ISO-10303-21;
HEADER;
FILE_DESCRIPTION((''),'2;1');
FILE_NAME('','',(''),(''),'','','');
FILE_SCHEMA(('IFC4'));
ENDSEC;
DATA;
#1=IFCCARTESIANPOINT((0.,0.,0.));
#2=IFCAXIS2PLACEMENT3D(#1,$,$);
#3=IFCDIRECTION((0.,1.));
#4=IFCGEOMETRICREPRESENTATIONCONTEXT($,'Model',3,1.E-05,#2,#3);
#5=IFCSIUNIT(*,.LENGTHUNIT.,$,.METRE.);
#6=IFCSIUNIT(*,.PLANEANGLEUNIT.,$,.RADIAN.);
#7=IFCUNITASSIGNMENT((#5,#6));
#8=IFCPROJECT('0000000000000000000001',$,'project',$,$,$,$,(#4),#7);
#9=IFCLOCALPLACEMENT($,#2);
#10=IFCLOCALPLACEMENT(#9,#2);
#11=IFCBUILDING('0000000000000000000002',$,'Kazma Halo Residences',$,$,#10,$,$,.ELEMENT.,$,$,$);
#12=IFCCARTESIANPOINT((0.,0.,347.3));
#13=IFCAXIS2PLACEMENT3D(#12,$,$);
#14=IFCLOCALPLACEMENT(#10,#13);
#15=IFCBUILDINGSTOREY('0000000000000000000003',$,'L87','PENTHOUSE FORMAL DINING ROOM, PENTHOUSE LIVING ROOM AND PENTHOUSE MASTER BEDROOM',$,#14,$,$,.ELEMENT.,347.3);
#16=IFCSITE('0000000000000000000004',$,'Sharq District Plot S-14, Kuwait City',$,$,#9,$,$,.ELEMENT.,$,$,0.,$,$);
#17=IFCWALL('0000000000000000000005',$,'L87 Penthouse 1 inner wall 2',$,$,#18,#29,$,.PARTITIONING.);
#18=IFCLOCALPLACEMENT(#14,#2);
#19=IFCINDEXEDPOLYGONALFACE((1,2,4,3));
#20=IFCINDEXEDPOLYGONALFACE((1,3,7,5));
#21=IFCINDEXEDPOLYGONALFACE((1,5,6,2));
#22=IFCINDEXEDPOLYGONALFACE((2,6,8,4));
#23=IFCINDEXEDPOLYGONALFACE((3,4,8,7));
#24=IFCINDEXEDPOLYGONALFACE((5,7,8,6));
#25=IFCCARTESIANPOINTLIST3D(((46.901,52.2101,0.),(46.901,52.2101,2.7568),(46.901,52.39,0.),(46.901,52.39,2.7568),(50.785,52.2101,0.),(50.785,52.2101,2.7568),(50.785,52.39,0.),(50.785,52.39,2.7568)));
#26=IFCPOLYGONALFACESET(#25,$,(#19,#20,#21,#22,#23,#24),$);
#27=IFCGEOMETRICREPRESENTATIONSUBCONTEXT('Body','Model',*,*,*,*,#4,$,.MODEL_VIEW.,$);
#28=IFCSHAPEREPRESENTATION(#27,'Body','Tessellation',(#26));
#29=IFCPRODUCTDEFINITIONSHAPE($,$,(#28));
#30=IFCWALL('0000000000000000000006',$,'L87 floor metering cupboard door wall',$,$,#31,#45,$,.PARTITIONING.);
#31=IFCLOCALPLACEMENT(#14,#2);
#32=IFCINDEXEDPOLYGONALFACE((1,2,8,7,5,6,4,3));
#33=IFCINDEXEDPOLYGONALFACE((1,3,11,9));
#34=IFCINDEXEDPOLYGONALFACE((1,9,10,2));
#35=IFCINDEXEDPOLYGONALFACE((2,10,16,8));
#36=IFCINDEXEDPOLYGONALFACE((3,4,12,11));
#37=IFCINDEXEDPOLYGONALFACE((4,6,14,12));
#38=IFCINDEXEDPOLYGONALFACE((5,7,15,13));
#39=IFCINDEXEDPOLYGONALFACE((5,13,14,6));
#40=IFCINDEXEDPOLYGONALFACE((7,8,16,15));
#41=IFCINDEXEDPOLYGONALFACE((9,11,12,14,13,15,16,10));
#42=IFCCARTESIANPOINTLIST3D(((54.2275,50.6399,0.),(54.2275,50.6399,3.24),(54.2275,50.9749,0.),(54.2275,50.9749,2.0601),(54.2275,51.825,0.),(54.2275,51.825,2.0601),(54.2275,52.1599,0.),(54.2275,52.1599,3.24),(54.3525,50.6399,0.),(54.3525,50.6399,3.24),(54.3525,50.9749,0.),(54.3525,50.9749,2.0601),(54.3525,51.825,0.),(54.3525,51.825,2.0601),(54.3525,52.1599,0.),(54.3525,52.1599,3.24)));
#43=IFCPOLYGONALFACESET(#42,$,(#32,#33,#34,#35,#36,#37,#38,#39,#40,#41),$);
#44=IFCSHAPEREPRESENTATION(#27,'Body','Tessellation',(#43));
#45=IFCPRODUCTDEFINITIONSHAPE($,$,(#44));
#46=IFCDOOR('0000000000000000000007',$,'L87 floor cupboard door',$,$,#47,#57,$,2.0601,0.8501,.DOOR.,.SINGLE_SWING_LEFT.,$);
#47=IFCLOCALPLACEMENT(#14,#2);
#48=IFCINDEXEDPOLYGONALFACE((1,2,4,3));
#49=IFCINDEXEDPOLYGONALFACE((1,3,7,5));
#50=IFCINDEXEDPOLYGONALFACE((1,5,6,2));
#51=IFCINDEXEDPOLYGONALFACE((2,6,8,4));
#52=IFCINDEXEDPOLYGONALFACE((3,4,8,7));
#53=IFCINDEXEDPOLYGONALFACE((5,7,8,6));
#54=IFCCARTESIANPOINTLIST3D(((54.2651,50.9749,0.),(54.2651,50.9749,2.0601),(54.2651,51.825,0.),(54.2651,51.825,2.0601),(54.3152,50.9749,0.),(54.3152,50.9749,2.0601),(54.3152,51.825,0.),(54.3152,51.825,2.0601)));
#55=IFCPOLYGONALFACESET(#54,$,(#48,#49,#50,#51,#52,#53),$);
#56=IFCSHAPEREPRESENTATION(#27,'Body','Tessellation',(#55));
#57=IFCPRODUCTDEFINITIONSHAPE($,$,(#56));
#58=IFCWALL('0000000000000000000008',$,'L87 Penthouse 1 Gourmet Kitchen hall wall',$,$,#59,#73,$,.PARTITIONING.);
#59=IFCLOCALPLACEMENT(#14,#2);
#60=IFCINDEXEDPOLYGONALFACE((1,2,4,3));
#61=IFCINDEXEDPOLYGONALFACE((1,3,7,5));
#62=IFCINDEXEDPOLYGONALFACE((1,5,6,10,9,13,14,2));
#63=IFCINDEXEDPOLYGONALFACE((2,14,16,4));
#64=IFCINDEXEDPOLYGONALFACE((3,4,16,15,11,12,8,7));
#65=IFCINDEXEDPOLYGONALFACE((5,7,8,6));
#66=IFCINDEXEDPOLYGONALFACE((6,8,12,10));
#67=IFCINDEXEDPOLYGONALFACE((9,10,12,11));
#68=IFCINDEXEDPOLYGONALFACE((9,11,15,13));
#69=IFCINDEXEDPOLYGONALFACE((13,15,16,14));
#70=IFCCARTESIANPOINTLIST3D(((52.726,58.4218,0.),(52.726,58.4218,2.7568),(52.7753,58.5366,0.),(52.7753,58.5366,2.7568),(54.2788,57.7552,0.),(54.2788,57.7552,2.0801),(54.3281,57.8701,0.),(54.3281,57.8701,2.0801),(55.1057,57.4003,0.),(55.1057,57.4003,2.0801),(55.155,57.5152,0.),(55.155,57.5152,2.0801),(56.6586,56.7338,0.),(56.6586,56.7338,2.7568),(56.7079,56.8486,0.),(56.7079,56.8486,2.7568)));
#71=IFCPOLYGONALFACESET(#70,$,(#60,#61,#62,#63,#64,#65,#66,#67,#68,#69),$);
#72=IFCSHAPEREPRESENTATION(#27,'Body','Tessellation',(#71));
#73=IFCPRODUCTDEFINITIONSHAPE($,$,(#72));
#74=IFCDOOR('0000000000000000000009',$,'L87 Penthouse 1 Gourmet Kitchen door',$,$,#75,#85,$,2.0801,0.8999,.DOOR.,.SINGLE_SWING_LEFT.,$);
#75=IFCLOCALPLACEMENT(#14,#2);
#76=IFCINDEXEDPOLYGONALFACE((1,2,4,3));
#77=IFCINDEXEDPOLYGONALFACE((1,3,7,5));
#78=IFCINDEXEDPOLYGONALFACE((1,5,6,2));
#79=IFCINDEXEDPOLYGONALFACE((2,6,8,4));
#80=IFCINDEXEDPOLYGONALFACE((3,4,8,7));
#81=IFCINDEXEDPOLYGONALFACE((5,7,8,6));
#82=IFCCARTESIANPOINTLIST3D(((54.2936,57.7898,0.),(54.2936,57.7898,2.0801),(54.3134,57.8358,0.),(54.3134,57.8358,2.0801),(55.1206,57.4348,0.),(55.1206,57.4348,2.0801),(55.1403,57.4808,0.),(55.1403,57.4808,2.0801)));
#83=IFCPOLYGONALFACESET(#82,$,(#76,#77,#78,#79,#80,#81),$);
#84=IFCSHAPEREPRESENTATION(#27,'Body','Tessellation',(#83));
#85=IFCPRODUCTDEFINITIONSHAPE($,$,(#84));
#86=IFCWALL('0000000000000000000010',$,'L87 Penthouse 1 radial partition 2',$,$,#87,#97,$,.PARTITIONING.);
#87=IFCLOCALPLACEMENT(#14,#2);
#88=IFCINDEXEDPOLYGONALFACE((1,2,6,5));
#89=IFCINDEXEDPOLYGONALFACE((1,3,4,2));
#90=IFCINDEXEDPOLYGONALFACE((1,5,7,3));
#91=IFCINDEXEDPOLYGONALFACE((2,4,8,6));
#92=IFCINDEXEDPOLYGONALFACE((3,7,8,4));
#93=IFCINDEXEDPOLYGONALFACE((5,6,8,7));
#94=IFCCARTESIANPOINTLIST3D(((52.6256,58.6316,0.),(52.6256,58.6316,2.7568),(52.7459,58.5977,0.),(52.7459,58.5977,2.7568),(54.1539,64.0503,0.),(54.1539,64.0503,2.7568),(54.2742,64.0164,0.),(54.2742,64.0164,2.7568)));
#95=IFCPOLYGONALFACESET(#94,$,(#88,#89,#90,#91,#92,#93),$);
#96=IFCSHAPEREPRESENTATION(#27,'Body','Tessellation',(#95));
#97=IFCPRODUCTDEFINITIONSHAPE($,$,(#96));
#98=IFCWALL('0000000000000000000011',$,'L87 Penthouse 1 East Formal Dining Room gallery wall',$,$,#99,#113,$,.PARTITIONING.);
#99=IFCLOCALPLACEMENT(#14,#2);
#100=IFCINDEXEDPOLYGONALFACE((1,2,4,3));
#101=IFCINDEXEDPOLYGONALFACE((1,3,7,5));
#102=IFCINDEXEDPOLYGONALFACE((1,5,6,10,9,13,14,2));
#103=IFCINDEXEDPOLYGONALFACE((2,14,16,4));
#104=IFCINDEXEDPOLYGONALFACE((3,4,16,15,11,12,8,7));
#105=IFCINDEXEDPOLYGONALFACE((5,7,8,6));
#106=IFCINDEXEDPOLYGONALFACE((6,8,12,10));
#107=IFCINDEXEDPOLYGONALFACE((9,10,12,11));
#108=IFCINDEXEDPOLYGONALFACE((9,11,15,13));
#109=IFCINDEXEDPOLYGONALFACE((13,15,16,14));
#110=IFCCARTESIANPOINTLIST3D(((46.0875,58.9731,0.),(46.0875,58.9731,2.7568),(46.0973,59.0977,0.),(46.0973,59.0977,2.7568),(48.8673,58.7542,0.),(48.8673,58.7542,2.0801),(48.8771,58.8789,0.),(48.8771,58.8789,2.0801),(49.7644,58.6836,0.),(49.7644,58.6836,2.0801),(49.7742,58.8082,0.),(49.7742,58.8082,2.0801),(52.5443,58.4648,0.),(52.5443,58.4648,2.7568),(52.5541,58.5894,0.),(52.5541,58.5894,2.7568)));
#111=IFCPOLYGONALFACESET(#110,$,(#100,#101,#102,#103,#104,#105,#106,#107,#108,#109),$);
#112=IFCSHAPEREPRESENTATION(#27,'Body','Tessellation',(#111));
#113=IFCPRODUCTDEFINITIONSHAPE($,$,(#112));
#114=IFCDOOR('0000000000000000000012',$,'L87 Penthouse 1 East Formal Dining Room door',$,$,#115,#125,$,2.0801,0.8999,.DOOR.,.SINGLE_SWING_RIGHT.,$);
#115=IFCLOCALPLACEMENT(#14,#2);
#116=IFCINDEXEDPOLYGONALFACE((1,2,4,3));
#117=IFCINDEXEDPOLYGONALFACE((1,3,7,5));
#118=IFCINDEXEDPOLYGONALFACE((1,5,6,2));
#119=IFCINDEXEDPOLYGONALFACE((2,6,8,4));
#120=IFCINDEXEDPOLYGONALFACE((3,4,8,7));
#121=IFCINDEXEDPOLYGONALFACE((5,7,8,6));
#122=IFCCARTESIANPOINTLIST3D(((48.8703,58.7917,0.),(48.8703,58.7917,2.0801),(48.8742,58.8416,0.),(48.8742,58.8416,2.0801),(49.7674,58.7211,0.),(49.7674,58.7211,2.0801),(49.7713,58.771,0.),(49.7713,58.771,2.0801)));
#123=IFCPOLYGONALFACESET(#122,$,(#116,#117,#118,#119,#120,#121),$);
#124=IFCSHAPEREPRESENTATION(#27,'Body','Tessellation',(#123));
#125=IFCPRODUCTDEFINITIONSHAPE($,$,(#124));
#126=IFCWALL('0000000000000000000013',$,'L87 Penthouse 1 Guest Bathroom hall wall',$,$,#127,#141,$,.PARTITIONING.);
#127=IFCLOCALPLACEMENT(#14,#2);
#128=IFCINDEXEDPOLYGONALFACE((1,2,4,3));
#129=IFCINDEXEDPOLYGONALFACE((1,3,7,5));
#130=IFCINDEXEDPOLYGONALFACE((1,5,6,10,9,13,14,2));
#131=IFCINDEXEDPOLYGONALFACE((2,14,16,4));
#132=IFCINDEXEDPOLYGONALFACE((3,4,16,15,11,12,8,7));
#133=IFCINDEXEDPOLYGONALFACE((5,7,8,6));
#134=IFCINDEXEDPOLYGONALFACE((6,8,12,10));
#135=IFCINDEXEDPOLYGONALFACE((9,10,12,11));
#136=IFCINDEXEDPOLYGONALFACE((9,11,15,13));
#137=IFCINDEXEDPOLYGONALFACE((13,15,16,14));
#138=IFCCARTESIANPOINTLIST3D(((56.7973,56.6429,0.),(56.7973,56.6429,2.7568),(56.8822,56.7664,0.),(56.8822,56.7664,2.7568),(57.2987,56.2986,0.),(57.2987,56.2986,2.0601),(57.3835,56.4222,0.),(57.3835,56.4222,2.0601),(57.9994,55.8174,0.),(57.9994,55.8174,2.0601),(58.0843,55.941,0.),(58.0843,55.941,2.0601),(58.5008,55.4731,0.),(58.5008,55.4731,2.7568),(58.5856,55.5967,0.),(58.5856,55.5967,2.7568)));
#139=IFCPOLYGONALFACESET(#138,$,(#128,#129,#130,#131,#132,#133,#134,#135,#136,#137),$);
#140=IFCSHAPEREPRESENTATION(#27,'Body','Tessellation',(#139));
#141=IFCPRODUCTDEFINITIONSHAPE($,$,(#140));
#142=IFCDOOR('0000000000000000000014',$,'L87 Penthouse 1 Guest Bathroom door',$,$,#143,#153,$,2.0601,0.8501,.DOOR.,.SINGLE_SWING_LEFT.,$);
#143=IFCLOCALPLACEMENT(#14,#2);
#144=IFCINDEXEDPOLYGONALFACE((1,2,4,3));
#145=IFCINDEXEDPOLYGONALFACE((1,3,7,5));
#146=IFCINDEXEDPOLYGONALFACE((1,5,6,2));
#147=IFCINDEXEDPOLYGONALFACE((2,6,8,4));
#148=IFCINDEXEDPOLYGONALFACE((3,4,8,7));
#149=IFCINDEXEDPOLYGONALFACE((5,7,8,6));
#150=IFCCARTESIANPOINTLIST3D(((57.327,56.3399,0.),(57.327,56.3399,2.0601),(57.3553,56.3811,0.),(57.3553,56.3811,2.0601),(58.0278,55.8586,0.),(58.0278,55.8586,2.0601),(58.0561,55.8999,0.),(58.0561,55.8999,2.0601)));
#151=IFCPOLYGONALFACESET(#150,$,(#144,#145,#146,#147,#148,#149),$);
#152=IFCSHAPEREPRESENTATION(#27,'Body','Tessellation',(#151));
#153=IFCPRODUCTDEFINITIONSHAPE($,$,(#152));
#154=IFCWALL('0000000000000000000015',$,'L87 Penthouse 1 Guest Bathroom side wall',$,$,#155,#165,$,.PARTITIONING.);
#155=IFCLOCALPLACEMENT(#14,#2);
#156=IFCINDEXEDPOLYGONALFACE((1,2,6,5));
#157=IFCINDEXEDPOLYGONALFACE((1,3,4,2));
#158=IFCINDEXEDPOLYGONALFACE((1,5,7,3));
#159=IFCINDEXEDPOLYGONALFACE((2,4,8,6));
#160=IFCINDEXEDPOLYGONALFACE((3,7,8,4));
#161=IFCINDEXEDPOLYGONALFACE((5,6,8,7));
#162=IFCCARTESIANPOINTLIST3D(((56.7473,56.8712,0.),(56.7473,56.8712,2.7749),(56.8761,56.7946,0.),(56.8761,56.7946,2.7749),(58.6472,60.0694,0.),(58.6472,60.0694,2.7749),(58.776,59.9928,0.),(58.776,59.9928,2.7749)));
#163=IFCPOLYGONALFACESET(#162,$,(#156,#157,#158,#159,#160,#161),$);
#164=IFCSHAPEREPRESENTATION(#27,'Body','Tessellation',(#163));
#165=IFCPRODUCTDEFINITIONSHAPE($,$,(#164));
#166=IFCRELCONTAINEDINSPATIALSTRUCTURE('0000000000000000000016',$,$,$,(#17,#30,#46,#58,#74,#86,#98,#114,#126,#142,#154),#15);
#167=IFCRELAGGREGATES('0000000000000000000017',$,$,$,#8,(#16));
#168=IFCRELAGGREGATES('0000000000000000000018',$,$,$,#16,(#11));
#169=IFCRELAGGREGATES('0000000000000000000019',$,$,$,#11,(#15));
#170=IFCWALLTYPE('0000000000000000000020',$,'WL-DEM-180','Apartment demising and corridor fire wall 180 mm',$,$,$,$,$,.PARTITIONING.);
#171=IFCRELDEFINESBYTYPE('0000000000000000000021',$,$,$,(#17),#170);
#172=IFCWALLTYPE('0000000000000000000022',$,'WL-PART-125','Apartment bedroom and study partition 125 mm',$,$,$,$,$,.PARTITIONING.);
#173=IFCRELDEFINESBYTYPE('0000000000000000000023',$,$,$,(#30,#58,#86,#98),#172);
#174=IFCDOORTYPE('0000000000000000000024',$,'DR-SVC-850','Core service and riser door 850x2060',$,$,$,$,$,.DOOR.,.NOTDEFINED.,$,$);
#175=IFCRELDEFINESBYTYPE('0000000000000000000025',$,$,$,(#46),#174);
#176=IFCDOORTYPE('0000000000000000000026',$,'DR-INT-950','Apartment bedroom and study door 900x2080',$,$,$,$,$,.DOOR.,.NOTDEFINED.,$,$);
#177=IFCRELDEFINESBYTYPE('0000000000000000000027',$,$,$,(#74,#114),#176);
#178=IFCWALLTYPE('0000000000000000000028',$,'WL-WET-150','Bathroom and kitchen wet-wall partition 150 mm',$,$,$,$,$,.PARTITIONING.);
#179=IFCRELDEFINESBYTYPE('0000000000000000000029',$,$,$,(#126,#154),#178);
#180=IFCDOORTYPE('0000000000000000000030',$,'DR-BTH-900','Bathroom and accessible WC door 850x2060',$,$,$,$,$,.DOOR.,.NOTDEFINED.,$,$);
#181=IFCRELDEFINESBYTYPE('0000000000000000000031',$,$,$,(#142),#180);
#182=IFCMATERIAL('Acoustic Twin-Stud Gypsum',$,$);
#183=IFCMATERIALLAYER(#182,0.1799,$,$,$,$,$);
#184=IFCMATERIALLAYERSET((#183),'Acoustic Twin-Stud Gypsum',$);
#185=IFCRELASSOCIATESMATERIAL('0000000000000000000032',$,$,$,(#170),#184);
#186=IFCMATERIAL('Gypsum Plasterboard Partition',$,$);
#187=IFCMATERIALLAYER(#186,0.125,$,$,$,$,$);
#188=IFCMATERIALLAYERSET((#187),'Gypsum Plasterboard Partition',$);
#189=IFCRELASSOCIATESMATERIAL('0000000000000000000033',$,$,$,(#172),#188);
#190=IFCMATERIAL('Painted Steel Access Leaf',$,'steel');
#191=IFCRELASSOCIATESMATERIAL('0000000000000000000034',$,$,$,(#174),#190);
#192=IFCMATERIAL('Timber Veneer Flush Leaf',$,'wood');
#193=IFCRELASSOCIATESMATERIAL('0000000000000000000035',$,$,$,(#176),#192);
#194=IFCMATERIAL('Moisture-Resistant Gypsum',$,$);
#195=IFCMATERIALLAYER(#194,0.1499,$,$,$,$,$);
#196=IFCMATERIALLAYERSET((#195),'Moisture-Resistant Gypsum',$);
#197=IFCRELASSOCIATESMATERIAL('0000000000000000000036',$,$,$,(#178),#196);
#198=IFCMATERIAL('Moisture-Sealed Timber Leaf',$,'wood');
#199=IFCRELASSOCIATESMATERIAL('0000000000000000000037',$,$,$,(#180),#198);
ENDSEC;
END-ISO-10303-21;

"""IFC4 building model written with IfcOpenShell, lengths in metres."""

from ifc_helpers import new_model, si_unit, direction, frame, frame_2d, origin, place, context, subcontext, project, spatial, rectangle, extrude, material, layer, layer_set, type_object, element, fill, save


model = new_model("IFC4")

# Units and contexts
model_context = context("Model", 3, precision=1e-05, world=origin(), true_north=direction((0.0, 1.0)))
body_context = subcontext(model_context, "Body", "Model", "MODEL_VIEW")
ifc_project = project(units=[si_unit("LENGTHUNIT", "METRE"), si_unit("PLANEANGLEUNIT", "RADIAN")], contexts=[model_context])

# Site, building, storey
site_placement = place(None, origin())
site = spatial("IfcSite", under=ifc_project, at=site_placement, Name="Sharq District Plot S-14, Kuwait City", CompositionType="ELEMENT", RefElevation=0.0)
building_placement = place(site_placement, origin())
building = spatial("IfcBuilding", under=site, at=building_placement, Name="Kazma Halo Residences", CompositionType="ELEMENT")
storey_placement = place(building_placement, frame((0.0, 0.0, 347.3)))
storey = spatial("IfcBuildingStorey", under=building, at=storey_placement, Name="L87", Description="PENTHOUSE FORMAL DINING ROOM, PENTHOUSE LIVING ROOM AND PENTHOUSE MASTER BEDROOM", CompositionType="ELEMENT", Elevation=347.3)

# Wall
ifc_material_1 = material(Name="Acoustic Twin-Stud Gypsum")
ifc_layer_1 = layer(ifc_material_1, 0.1799)
ifc_layer_set_1 = layer_set([ifc_layer_1], Name="Acoustic Twin-Stud Gypsum")
wall_type_1 = type_object("IfcWallType", Name="WL-DEM-180", Description="Apartment demising and corridor fire wall 180 mm", PredefinedType="PARTITIONING", material=ifc_layer_set_1)
wall_1_placement = place(storey_placement, frame((50.7849, 52.3, 0.0), z_axis=(0.0, 0.0, 1.0), x_axis=(-1.0, 0.0, 0.0)))
element("IfcWall", 1, at=wall_1_placement, inside=storey, type_object=wall_type_1, Name="L87 Penthouse 1 inner wall 2", PredefinedType="PARTITIONING", context=body_context, shape_type="SweptSolid", body=[
    extrude(rectangle(XDim=3.884, YDim=0.1799, at=frame_2d((1.9419, 0.0))), origin(), (0.0, 0.0, 1.0), 2.7568),
])

# Walls, openings, doors
ifc_material_2 = material(Name="Gypsum Plasterboard Partition")
ifc_layer_2 = layer(ifc_material_2, 0.125)
ifc_layer_set_2 = layer_set([ifc_layer_2], Name="Gypsum Plasterboard Partition")
wall_type_2 = type_object("IfcWallType", Name="WL-PART-125", Description="Apartment bedroom and study partition 125 mm", PredefinedType="PARTITIONING", material=ifc_layer_set_2)
wall_2_placement = place(storey_placement, frame((54.29, 50.6399, 0.0), z_axis=(0.0, 0.0, 1.0), x_axis=(0.0, 1.0, 0.0)))
wall_2 = element("IfcWall", 2, at=wall_2_placement, inside=storey, type_object=wall_type_2, Name="L87 floor metering cupboard door wall", PredefinedType="PARTITIONING", context=body_context, shape_type="SweptSolid", body=[
    extrude(rectangle(XDim=1.52, YDim=0.125, at=frame_2d((0.76, 0.0))), origin(), (0.0, 0.0, 1.0), 3.24),
])
opening_1_placement = place(wall_2_placement, frame((0.335, 0.0, 0.0)))
opening_1 = element("IfcOpeningElement", 3, at=opening_1_placement, cuts=wall_2, PredefinedType="OPENING", context=body_context, shape_type="SweptSolid", body=[
    extrude(rectangle(XDim=0.8501, YDim=2.0601, at=frame_2d((0.425, 1.03))), frame((0.0, 0.0725, 0.0), z_axis=(0.0, -1.0, 0.0), x_axis=(1.0, 0.0, 0.0)), (0.0, 0.0, 1.0), 0.145),
])
ifc_material_3 = material(Name="Painted Steel Access Leaf", Category="steel")
door_type_1 = type_object("IfcDoorType", Name="DR-SVC-850", Description="Core service and riser door 850x2060", OperationType="NOTDEFINED", PredefinedType="DOOR", material=ifc_material_3)
door_1_placement = place(opening_1_placement, origin())
door_1 = element("IfcDoor", 4, at=door_1_placement, inside=storey, type_object=door_type_1, Name="L87 floor cupboard door", OperationType="SINGLE_SWING_LEFT", OverallHeight=2.0601, OverallWidth=0.8501, PredefinedType="DOOR", context=body_context, shape_type="SweptSolid", body=[
    extrude(rectangle(XDim=0.8501, YDim=2.0601, at=frame_2d((0.425, 1.03))), frame((0.0, 0.0249, 0.0), z_axis=(0.0, -1.0, 0.0), x_axis=(1.0, 0.0, 0.0)), (0.0, 0.0, 1.0), 0.05),
])
fill(opening_1, door_1)
wall_3_placement = place(storey_placement, frame((56.6831, 56.7913, 0.0), z_axis=(0.0, 0.0, 1.0), x_axis=(-0.918927, 0.394429, 0.0)))
wall_3 = element("IfcWall", 5, at=wall_3_placement, inside=storey, type_object=wall_type_2, Name="L87 Penthouse 1 Gourmet Kitchen hall wall", PredefinedType="PARTITIONING", context=body_context, shape_type="SweptSolid", body=[
    extrude(rectangle(XDim=4.2795, YDim=0.125, at=frame_2d((2.1396, 0.0))), origin(), (0.0, 0.0, 1.0), 2.7568),
])
opening_2_placement = place(wall_3_placement, frame((1.6897, 0.0, 0.0)))
opening_2 = element("IfcOpeningElement", 6, at=opening_2_placement, cuts=wall_3, PredefinedType="OPENING", context=body_context, shape_type="SweptSolid", body=[
    extrude(rectangle(XDim=0.8999, YDim=2.0801, at=frame_2d((0.45, 1.04))), frame((0.0, 0.0725, 0.0), z_axis=(0.0, -1.0, 0.0), x_axis=(1.0, 0.0, 0.0)), (0.0, 0.0, 1.0), 0.145),
])
ifc_material_4 = material(Name="Timber Veneer Flush Leaf", Category="wood")
door_type_2 = type_object("IfcDoorType", Name="DR-INT-950", Description="Apartment bedroom and study door 900x2080", OperationType="NOTDEFINED", PredefinedType="DOOR", material=ifc_material_4)
door_2_placement = place(opening_2_placement, origin())
door_2 = element("IfcDoor", 7, at=door_2_placement, inside=storey, type_object=door_type_2, Name="L87 Penthouse 1 Gourmet Kitchen door", OperationType="SINGLE_SWING_LEFT", OverallHeight=2.0801, OverallWidth=0.8999, PredefinedType="DOOR", context=body_context, shape_type="SweptSolid", body=[
    extrude(rectangle(XDim=0.8999, YDim=2.0801, at=frame_2d((0.45, 1.04))), frame((0.0, 0.0249, 0.0), z_axis=(0.0, -1.0, 0.0), x_axis=(1.0, 0.0, 0.0)), (0.0, 0.0, 1.0), 0.05),
])
fill(opening_2, door_2)

# Wall
wall_4_placement = place(storey_placement, frame((52.6858, 58.6147, 0.0), z_axis=(0.0, 0.0, 1.0), x_axis=(0.271455, 0.962451, 0.0)))
element("IfcWall", 8, at=wall_4_placement, inside=storey, type_object=wall_type_2, Name="L87 Penthouse 1 radial partition 2", PredefinedType="PARTITIONING", context=body_context, shape_type="SweptSolid", body=[
    extrude(rectangle(XDim=5.6301, YDim=0.125, at=frame_2d((2.8149, 0.0))), origin(), (0.0, 0.0, 1.0), 2.7568),
])

# Walls, openings, doors
wall_5_placement = place(storey_placement, frame((52.5491, 58.5271, 0.0), z_axis=(0.0, 0.0, 1.0), x_axis=(-0.996916, 0.078481, 0.0)))
wall_5 = element("IfcWall", 9, at=wall_5_placement, inside=storey, type_object=wall_type_2, Name="L87 Penthouse 1 East Formal Dining Room gallery wall", PredefinedType="PARTITIONING", context=body_context, shape_type="SweptSolid", body=[
    extrude(rectangle(XDim=6.4768, YDim=0.125, at=frame_2d((3.2383, 0.0))), origin(), (0.0, 0.0, 1.0), 2.7568),
])
opening_3_placement = place(wall_5_placement, frame((2.7883, 0.0, 0.0)))
opening_3 = element("IfcOpeningElement", 10, at=opening_3_placement, cuts=wall_5, PredefinedType="OPENING", context=body_context, shape_type="SweptSolid", body=[
    extrude(rectangle(XDim=0.8999, YDim=2.0801, at=frame_2d((0.45, 1.04))), frame((0.0, 0.0725, 0.0), z_axis=(0.0, -1.0, 0.0), x_axis=(1.0, 0.0, 0.0)), (0.0, 0.0, 1.0), 0.145),
])
door_3_placement = place(opening_3_placement, origin())
door_3 = element("IfcDoor", 11, at=door_3_placement, inside=storey, type_object=door_type_2, Name="L87 Penthouse 1 East Formal Dining Room door", OperationType="SINGLE_SWING_RIGHT", OverallHeight=2.0801, OverallWidth=0.8999, PredefinedType="DOOR", context=body_context, shape_type="SweptSolid", body=[
    extrude(rectangle(XDim=0.8999, YDim=2.0801, at=frame_2d((0.45, 1.04))), frame((0.0, 0.0249, 0.0), z_axis=(0.0, -1.0, 0.0), x_axis=(1.0, 0.0, 0.0)), (0.0, 0.0, 1.0), 0.05),
])
fill(opening_3, door_3)
ifc_material_5 = material(Name="Moisture-Resistant Gypsum")
ifc_layer_3 = layer(ifc_material_5, 0.1499)
ifc_layer_set_3 = layer_set([ifc_layer_3], Name="Moisture-Resistant Gypsum")
wall_type_3 = type_object("IfcWallType", Name="WL-WET-150", Description="Bathroom and kitchen wet-wall partition 150 mm", PredefinedType="PARTITIONING", material=ifc_layer_set_3)
wall_6_placement = place(storey_placement, frame((58.5432, 55.5349, 0.0), z_axis=(0.0, 0.0, 1.0), x_axis=(-0.824356, 0.566072, 0.0)))
wall_6 = element("IfcWall", 12, at=wall_6_placement, inside=storey, type_object=wall_type_3, Name="L87 Penthouse 1 Guest Bathroom hall wall", PredefinedType="PARTITIONING", context=body_context, shape_type="SweptSolid", body=[
    extrude(rectangle(XDim=2.0664, YDim=0.1499, at=frame_2d((1.0332, 0.0))), origin(), (0.0, 0.0, 1.0), 2.7568),
])
opening_4_placement = place(wall_6_placement, frame((0.6082, 0.0, 0.0)))
opening_4 = element("IfcOpeningElement", 13, at=opening_4_placement, cuts=wall_6, PredefinedType="OPENING", context=body_context, shape_type="SweptSolid", body=[
    extrude(rectangle(XDim=0.8501, YDim=2.0601, at=frame_2d((0.425, 1.03))), frame((0.0, 0.085, 0.0), z_axis=(0.0, -1.0, 0.0), x_axis=(1.0, 0.0, 0.0)), (0.0, 0.0, 1.0), 0.1699),
])
ifc_material_6 = material(Name="Moisture-Sealed Timber Leaf", Category="wood")
door_type_3 = type_object("IfcDoorType", Name="DR-BTH-900", Description="Bathroom and accessible WC door 850x2060", OperationType="NOTDEFINED", PredefinedType="DOOR", material=ifc_material_6)
door_4_placement = place(opening_4_placement, origin())
door_4 = element("IfcDoor", 14, at=door_4_placement, inside=storey, type_object=door_type_3, Name="L87 Penthouse 1 Guest Bathroom door", OperationType="SINGLE_SWING_LEFT", OverallHeight=2.0601, OverallWidth=0.8501, PredefinedType="DOOR", context=body_context, shape_type="SweptSolid", body=[
    extrude(rectangle(XDim=0.8501, YDim=2.0601, at=frame_2d((0.425, 1.03))), frame((0.0, 0.0249, 0.0), z_axis=(0.0, -1.0, 0.0), x_axis=(1.0, 0.0, 0.0)), (0.0, 0.0, 1.0), 0.05),
])
fill(opening_4, door_4)

# Wall
wall_7_placement = place(storey_placement, frame((56.8118, 56.833, 0.0), z_axis=(0.0, 0.0, 1.0), x_axis=(0.510727, 0.859743, 0.0)))
element("IfcWall", 15, at=wall_7_placement, inside=storey, type_object=wall_type_3, Name="L87 Penthouse 1 Guest Bathroom side wall", PredefinedType="PARTITIONING", context=body_context, shape_type="SweptSolid", body=[
    extrude(rectangle(XDim=3.72, YDim=0.1499, at=frame_2d((1.8599, 0.0))), origin(), (0.0, 0.0, 1.0), 2.7749),
])

save(model, "model.ifc")
